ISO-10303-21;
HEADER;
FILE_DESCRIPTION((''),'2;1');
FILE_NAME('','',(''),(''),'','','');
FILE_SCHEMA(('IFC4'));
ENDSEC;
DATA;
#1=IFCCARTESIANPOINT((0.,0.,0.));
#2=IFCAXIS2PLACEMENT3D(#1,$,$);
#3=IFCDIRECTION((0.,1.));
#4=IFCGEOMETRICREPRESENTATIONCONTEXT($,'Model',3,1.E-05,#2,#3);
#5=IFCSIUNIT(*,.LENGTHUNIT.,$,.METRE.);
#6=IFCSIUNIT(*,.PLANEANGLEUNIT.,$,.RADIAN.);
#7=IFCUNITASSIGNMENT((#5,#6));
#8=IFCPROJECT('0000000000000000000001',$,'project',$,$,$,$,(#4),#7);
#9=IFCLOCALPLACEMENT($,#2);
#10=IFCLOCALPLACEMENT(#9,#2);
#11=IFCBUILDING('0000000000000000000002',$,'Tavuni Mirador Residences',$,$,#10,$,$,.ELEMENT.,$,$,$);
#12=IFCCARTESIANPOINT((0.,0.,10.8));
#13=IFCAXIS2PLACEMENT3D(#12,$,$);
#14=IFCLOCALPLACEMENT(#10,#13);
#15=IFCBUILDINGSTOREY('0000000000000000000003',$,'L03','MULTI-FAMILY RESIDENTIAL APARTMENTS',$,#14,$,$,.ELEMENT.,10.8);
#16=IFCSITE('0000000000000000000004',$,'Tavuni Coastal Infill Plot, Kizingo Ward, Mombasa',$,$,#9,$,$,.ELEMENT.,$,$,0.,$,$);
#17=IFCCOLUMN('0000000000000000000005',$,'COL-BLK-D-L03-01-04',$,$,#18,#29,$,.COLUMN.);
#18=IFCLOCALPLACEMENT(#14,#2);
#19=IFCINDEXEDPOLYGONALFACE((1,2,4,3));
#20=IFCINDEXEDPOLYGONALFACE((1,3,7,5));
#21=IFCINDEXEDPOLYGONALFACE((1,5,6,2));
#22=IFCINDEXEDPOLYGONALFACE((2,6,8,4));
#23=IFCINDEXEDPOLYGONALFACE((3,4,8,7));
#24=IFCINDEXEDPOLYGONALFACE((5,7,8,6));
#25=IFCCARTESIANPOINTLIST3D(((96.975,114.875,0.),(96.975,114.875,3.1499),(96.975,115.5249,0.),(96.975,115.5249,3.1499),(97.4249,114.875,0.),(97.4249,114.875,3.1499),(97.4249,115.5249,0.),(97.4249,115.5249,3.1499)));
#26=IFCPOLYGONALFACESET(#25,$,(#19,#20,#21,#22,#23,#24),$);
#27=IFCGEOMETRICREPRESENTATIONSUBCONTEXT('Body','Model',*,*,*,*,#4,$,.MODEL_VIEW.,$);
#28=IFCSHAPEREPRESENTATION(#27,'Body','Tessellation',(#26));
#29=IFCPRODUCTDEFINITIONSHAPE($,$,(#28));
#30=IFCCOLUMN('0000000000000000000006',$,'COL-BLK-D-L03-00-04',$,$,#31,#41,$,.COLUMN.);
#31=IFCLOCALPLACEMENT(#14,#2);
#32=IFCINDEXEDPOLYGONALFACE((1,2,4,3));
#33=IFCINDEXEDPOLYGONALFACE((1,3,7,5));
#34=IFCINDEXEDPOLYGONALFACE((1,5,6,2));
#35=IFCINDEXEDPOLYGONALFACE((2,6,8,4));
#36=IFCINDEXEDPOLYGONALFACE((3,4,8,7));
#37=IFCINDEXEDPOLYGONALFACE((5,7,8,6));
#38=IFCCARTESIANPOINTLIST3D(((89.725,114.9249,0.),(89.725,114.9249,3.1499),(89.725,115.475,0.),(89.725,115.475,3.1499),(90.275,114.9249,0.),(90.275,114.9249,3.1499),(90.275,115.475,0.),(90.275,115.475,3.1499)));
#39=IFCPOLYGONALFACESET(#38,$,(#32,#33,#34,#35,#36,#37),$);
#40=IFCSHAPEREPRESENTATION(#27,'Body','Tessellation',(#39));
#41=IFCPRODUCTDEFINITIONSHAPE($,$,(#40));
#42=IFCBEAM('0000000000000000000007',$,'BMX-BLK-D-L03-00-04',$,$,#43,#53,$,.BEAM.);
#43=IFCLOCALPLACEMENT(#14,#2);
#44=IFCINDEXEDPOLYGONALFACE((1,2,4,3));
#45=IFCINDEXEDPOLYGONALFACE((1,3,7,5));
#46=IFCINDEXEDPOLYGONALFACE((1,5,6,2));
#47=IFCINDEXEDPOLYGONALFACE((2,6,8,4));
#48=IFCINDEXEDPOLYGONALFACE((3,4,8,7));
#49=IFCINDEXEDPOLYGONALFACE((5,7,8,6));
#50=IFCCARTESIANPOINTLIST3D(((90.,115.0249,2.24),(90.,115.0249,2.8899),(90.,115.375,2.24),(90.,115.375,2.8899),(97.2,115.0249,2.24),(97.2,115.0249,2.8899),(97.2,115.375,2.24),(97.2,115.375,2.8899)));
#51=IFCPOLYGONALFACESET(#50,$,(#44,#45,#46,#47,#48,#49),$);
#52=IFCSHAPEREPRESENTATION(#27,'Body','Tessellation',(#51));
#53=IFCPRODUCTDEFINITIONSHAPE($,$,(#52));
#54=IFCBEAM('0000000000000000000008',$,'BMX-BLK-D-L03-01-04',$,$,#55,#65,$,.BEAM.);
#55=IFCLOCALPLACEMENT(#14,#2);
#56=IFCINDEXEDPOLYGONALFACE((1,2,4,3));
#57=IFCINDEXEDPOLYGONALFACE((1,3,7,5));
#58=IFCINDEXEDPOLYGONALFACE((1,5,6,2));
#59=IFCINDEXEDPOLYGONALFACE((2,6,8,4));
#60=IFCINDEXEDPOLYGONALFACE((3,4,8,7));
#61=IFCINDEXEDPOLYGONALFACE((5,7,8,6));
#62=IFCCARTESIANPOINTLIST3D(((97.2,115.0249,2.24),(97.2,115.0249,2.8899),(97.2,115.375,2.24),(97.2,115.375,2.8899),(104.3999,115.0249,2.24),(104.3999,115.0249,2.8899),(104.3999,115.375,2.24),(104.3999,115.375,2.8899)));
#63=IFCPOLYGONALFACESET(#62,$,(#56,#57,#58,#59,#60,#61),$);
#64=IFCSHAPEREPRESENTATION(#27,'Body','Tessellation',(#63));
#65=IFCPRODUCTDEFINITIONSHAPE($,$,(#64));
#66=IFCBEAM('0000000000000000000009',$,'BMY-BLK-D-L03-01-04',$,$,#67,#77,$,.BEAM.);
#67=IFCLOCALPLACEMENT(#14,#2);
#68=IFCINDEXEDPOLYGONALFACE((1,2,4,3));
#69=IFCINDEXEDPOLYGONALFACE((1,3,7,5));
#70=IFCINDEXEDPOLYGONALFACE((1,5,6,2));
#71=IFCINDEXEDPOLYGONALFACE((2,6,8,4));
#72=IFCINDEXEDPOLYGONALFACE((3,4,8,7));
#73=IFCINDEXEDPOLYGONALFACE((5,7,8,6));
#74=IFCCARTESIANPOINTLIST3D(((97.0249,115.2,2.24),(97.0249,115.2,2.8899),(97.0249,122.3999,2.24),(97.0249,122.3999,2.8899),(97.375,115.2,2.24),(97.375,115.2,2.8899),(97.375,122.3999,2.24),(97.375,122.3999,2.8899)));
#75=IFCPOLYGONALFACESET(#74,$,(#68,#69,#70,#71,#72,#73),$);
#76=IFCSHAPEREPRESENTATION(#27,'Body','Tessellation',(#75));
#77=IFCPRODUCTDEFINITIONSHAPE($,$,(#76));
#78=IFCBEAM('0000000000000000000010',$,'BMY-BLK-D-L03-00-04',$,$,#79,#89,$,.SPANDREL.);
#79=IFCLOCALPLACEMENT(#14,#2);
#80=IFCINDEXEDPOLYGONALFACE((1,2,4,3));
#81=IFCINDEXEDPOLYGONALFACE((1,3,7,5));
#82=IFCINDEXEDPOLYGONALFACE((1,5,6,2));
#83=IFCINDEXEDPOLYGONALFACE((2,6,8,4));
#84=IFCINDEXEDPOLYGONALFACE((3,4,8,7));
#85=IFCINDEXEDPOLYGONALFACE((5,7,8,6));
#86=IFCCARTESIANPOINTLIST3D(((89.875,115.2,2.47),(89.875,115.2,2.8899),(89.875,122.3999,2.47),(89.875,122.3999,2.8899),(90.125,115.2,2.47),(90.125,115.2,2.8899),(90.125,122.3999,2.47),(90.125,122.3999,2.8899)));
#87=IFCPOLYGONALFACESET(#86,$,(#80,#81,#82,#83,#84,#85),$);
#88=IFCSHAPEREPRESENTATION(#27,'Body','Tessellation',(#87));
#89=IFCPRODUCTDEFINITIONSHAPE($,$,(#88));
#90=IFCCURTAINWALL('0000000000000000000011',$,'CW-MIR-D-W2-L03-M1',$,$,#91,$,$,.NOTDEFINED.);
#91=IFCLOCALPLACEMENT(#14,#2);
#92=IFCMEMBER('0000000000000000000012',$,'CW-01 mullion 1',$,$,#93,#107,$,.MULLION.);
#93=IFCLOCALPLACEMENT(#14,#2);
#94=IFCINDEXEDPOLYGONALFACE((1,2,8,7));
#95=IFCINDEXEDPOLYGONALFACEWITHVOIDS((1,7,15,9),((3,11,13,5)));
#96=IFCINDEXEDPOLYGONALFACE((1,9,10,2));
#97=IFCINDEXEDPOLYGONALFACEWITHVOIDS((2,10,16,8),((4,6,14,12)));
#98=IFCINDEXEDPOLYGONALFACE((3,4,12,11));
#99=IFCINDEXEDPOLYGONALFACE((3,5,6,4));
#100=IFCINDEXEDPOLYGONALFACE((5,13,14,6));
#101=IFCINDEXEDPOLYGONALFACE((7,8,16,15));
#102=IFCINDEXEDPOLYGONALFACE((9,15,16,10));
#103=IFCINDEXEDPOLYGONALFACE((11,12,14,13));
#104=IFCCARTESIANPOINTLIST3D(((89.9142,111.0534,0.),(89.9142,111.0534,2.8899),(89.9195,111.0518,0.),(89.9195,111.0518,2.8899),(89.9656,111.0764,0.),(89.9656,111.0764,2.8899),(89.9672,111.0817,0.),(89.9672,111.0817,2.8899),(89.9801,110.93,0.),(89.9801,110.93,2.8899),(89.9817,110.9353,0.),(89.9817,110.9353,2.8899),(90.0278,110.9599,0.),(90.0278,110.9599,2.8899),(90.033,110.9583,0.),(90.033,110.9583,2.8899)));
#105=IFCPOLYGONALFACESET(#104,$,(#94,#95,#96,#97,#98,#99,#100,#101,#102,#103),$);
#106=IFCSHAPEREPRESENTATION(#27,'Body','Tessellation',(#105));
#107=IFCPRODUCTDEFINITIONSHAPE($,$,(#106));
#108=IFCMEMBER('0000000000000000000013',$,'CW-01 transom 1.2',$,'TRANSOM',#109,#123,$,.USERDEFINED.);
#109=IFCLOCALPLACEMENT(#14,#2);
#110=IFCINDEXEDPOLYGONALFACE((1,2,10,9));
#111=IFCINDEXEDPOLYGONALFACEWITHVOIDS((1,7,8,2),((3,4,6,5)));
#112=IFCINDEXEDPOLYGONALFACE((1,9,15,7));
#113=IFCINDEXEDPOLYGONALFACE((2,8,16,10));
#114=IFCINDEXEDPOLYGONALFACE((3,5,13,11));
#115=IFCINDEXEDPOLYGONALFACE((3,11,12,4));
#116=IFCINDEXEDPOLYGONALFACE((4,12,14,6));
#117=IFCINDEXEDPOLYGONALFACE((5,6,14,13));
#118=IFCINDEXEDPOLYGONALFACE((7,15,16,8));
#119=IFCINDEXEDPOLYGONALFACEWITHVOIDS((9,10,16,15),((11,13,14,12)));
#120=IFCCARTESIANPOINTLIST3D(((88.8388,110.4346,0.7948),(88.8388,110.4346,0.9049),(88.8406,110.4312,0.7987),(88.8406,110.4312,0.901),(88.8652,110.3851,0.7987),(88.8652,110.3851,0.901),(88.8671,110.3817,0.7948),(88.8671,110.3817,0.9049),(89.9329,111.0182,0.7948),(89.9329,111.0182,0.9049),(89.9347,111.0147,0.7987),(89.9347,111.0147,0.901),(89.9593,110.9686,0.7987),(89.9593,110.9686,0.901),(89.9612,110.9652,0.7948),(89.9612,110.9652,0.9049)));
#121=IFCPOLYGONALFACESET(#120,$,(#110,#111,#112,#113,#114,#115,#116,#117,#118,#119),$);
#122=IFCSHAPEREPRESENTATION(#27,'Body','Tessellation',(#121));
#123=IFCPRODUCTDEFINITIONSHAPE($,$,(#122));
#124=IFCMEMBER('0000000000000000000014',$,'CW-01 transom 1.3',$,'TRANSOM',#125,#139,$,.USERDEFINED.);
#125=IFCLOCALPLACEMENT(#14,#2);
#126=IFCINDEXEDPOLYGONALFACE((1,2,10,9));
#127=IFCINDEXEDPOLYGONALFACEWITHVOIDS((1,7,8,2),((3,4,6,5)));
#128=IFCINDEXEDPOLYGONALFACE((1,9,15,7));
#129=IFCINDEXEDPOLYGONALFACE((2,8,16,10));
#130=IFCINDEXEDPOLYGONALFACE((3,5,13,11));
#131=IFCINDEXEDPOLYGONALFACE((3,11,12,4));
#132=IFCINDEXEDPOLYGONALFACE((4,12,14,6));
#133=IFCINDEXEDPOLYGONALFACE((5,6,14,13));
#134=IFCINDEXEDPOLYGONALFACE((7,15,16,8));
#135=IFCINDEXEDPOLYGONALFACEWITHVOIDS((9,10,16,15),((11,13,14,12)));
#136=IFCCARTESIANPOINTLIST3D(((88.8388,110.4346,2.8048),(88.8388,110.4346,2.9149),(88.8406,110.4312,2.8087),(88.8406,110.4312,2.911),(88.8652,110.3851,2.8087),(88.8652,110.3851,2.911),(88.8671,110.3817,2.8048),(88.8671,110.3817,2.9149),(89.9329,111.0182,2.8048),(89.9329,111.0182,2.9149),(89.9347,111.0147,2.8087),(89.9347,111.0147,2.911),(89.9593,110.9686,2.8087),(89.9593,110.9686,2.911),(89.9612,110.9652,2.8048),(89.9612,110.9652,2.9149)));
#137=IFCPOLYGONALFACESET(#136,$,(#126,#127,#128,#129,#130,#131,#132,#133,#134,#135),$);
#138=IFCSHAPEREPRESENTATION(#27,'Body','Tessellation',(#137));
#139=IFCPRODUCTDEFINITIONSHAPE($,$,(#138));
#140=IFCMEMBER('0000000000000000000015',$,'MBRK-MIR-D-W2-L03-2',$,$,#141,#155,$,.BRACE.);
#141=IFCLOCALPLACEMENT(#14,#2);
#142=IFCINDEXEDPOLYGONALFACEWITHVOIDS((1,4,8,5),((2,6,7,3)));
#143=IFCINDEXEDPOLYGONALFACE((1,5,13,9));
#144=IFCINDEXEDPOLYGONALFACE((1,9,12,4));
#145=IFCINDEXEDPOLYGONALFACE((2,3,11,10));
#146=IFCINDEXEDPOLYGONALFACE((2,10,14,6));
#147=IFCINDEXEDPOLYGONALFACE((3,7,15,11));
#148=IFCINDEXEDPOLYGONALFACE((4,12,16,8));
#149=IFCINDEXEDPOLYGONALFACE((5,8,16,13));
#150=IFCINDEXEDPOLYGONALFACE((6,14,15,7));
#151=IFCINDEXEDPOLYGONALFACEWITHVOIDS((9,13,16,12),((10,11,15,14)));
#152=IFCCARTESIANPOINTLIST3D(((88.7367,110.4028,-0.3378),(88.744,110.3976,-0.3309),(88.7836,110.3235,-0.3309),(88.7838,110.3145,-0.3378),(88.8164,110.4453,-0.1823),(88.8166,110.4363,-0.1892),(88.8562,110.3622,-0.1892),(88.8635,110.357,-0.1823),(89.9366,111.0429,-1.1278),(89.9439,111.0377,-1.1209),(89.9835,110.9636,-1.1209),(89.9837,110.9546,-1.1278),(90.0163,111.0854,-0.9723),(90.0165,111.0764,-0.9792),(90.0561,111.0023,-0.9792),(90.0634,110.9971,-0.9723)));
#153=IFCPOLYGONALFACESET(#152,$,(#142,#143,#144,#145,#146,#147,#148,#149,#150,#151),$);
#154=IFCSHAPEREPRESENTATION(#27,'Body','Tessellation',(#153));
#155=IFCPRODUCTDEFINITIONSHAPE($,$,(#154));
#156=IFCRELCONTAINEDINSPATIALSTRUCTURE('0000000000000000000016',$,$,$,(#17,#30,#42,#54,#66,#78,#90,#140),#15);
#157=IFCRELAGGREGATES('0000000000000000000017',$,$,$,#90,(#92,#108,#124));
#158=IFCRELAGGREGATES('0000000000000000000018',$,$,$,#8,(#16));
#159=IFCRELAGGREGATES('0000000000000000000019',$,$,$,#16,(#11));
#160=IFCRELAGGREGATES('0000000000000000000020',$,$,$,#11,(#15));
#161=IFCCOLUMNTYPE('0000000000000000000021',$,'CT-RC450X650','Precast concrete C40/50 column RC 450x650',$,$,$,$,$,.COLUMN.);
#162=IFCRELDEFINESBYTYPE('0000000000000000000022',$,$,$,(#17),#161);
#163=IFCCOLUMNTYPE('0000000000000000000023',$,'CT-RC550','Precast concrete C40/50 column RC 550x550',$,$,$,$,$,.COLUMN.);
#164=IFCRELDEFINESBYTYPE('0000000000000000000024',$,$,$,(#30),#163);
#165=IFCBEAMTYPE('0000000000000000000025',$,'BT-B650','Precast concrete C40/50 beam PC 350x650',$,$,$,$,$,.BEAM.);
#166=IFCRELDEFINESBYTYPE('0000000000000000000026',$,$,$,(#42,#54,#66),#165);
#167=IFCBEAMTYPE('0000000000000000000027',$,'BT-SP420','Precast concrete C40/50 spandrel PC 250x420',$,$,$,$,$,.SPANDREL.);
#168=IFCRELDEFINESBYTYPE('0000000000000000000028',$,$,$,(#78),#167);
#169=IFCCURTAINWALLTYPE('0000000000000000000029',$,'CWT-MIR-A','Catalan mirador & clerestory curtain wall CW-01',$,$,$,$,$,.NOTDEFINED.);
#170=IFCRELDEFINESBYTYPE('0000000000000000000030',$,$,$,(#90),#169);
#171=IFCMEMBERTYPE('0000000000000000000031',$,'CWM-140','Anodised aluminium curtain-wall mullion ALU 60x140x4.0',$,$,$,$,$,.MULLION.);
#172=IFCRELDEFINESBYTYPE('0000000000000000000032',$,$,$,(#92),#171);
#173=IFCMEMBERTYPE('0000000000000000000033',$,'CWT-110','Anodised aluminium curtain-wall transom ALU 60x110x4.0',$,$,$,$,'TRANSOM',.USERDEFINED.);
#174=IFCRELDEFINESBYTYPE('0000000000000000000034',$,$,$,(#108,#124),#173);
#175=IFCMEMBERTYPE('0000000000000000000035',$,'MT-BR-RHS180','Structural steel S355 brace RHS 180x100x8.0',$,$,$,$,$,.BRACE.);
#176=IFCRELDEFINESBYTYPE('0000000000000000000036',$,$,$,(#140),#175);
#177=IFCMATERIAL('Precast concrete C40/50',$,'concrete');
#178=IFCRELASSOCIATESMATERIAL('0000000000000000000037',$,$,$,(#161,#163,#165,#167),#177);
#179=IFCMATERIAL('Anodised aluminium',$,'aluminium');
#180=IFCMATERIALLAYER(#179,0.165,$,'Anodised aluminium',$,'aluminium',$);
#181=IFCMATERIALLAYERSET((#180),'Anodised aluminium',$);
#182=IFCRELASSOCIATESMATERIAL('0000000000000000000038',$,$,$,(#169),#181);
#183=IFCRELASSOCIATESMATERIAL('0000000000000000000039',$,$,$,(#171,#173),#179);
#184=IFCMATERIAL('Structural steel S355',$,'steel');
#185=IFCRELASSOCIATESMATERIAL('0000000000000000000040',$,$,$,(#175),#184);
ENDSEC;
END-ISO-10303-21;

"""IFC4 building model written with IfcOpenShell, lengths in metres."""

from ifc_helpers import new_model, si_unit, direction, frame, origin, origin_2d, place, context, subcontext, project, spatial, rectangle, hollow_rectangle, extrude, material, layer, layer_set, material_profile, profile_set, type_object, element, aggregate, save


model = new_model("IFC4")

# Units and contexts
model_context = context("Model", 3, precision=1e-05, world=origin(), true_north=direction((0.0, 1.0)))
body_context = subcontext(model_context, "Body", "Model", "MODEL_VIEW")
ifc_project = project(units=[si_unit("LENGTHUNIT", "METRE"), si_unit("PLANEANGLEUNIT", "RADIAN")], contexts=[model_context])

# Site, building, storey
site_placement = place(None, origin())
site = spatial("IfcSite", under=ifc_project, at=site_placement, Name="Tavuni Coastal Infill Plot, Kizingo Ward, Mombasa", CompositionType="ELEMENT", RefElevation=0.0)
building_placement = place(site_placement, origin())
building = spatial("IfcBuilding", under=site, at=building_placement, Name="Tavuni Mirador Residences", CompositionType="ELEMENT")
storey_placement = place(building_placement, frame((0.0, 0.0, 10.8)))
storey = spatial("IfcBuildingStorey", under=building, at=storey_placement, Name="L03", Description="MULTI-FAMILY RESIDENTIAL APARTMENTS", CompositionType="ELEMENT", Elevation=10.8)

# Columns
ifc_material_1 = material(Name="Precast concrete C40/50", Category="concrete")
ifc_material_profile_1 = material_profile(ifc_material_1, rectangle(XDim=0.45, YDim=0.6499, at=origin_2d()), Name="RC 450x650", Category="concrete")
ifc_profile_set_1 = profile_set([ifc_material_profile_1], Name="Precast concrete C40/50")
column_type_1 = type_object("IfcColumnType", Name="CT-RC450X650", Description="Precast concrete C40/50 column RC 450x650", PredefinedType="COLUMN", material=ifc_profile_set_1)
column_1_placement = place(storey_placement, frame((97.2, 115.2, 0.0), z_axis=(0.0, 0.0, 1.0), x_axis=(1.0, 0.0, 0.0)))
element("IfcColumn", 1, at=column_1_placement, inside=storey, type_object=column_type_1, Name="COL-BLK-D-L03-01-04", PredefinedType="COLUMN", context=body_context, shape_type="SweptSolid", body=[
    extrude(rectangle(XDim=0.45, YDim=0.6499, at=origin_2d()), origin(), (0.0, 0.0, 1.0), 3.1499),
])
ifc_material_profile_2 = material_profile(ifc_material_1, rectangle(XDim=0.55, YDim=0.55, at=origin_2d()), Name="RC 550x550", Category="concrete")
ifc_profile_set_2 = profile_set([ifc_material_profile_2], Name="Precast concrete C40/50")
column_type_2 = type_object("IfcColumnType", Name="CT-RC550", Description="Precast concrete C40/50 column RC 550x550", PredefinedType="COLUMN", material=ifc_profile_set_2)
column_2_placement = place(storey_placement, frame((90.0, 115.2, 0.0), z_axis=(0.0, 0.0, 1.0), x_axis=(1.0, 0.0, 0.0)))
element("IfcColumn", 2, at=column_2_placement, inside=storey, type_object=column_type_2, Name="COL-BLK-D-L03-00-04", PredefinedType="COLUMN", context=body_context, shape_type="SweptSolid", body=[
    extrude(rectangle(XDim=0.55, YDim=0.55, at=origin_2d()), origin(), (0.0, 0.0, 1.0), 3.1499),
])

# Beams
ifc_material_profile_3 = material_profile(ifc_material_1, rectangle(XDim=0.3501, YDim=0.6499, at=origin_2d()), Name="PC 350x650", Category="concrete")
ifc_profile_set_3 = profile_set([ifc_material_profile_3], Name="Precast concrete C40/50")
beam_type_1 = type_object("IfcBeamType", Name="BT-B650", Description="Precast concrete C40/50 beam PC 350x650", PredefinedType="BEAM", material=ifc_profile_set_3)
for number, where, z_axis, x_axis, name in (
    (3, (90.0, 115.2, 2.5649), (1.0, 0.0, 0.0), (0.0, 1.0, 0.0), "BMX-BLK-D-L03-00-04"),
    (4, (97.2, 115.2, 2.5649), (1.0, 0.0, 0.0), (0.0, 1.0, 0.0), "BMX-BLK-D-L03-01-04"),
    (5, (97.2, 115.2, 2.5649), (0.0, 1.0, 0.0), (-1.0, 0.0, 0.0), "BMY-BLK-D-L03-01-04"),
):
    element("IfcBeam", number, at=place(storey_placement, frame(where, z_axis=z_axis, x_axis=x_axis)), inside=storey, type_object=beam_type_1, Name=name, PredefinedType="BEAM", context=body_context, shape_type="SweptSolid", body=[
        extrude(rectangle(XDim=0.3501, YDim=0.6499, at=origin_2d()), origin(), (0.0, 0.0, 1.0), 7.2),
    ])
ifc_material_profile_4 = material_profile(ifc_material_1, rectangle(XDim=0.25, YDim=0.4199, at=origin_2d()), Name="PC 250x420", Category="concrete")
ifc_profile_set_4 = profile_set([ifc_material_profile_4], Name="Precast concrete C40/50")
beam_type_2 = type_object("IfcBeamType", Name="BT-SP420", Description="Precast concrete C40/50 spandrel PC 250x420", PredefinedType="SPANDREL", material=ifc_profile_set_4)
beam_placement = place(storey_placement, frame((90.0, 115.2, 2.6799), z_axis=(0.0, 1.0, 0.0), x_axis=(-1.0, 0.0, 0.0)))
element("IfcBeam", 6, at=beam_placement, inside=storey, type_object=beam_type_2, Name="BMY-BLK-D-L03-00-04", PredefinedType="SPANDREL", context=body_context, shape_type="SweptSolid", body=[
    extrude(rectangle(XDim=0.25, YDim=0.4199, at=origin_2d()), origin(), (0.0, 0.0, 1.0), 7.2),
])

# Curtain wall, members
ifc_material_2 = material(Name="Anodised aluminium", Category="aluminium")
ifc_layer_1 = layer(ifc_material_2, 0.165, Name="Anodised aluminium", Category="aluminium")
ifc_layer_set_1 = layer_set([ifc_layer_1], Name="Anodised aluminium")
curtain_wall_type = type_object("IfcCurtainWallType", Name="CWT-MIR-A", Description="Catalan mirador & clerestory curtain wall CW-01", PredefinedType="NOTDEFINED", material=ifc_layer_set_1)
curtain_wall_placement = place(storey_placement, origin())
curtain_wall = element("IfcCurtainWall", 7, at=curtain_wall_placement, inside=storey, type_object=curtain_wall_type, Name="CW-MIR-D-W2-L03-M1", PredefinedType="NOTDEFINED")
ifc_material_profile_5 = material_profile(ifc_material_2, hollow_rectangle(XDim=0.0601, YDim=0.1399, WallThickness=0.0039, at=origin_2d()), Name="ALU 60x140x4.0", Category="aluminium")
ifc_profile_set_5 = profile_set([ifc_material_profile_5], Name="Anodised aluminium")
member_type_1 = type_object("IfcMemberType", Name="CWM-140", Description="Anodised aluminium curtain-wall mullion ALU 60x140x4.0", PredefinedType="MULLION", material=ifc_profile_set_5)
member_1_placement = place(storey_placement, frame((89.9736, 111.0059, 0.0), z_axis=(0.0, 0.0, 1.0), x_axis=(-0.882353, -0.470588, 0.0)))
member_1 = element("IfcMember", 8, at=member_1_placement, type_object=member_type_1, Name="CW-01 mullion 1", PredefinedType="MULLION", context=body_context, shape_type="SweptSolid", body=[
    extrude(hollow_rectangle(XDim=0.0601, YDim=0.1399, WallThickness=0.0039, at=origin_2d()), origin(), (0.0, 0.0, 1.0), 2.8899),
])
ifc_material_profile_6 = material_profile(ifc_material_2, hollow_rectangle(XDim=0.0601, YDim=0.1101, WallThickness=0.0039, at=origin_2d()), Name="ALU 60x110x4.0", Category="aluminium")
ifc_profile_set_6 = profile_set([ifc_material_profile_6], Name="Anodised aluminium")
member_type_2 = type_object("IfcMemberType", Name="CWT-110", Description="Anodised aluminium curtain-wall transom ALU 60x110x4.0", ElementType="TRANSOM", PredefinedType="USERDEFINED", material=ifc_profile_set_6)
member_2_placement = place(storey_placement, frame((89.947, 110.9917, 0.8499), z_axis=(-0.882342, -0.470609, 0.0), x_axis=(0.470609, -0.882342, 0.0)))
member_2 = element("IfcMember", 9, at=member_2_placement, type_object=member_type_2, Name="CW-01 transom 1.2", ObjectType="TRANSOM", PredefinedType="USERDEFINED", context=body_context, shape_type="SweptSolid", body=[
    extrude(hollow_rectangle(XDim=0.0601, YDim=0.1101, WallThickness=0.0039, at=origin_2d()), origin(), (0.0, 0.0, 1.0), 1.24),
])
member_3_placement = place(storey_placement, frame((89.947, 110.9917, 2.8599), z_axis=(-0.882342, -0.470609, 0.0), x_axis=(0.470609, -0.882342, 0.0)))
member_3 = element("IfcMember", 10, at=member_3_placement, type_object=member_type_2, Name="CW-01 transom 1.3", ObjectType="TRANSOM", PredefinedType="USERDEFINED", context=body_context, shape_type="SweptSolid", body=[
    extrude(hollow_rectangle(XDim=0.0601, YDim=0.1101, WallThickness=0.0039, at=origin_2d()), origin(), (0.0, 0.0, 1.0), 1.24),
])
aggregate(curtain_wall, [member_1, member_2, member_3])

# Member
ifc_material_3 = material(Name="Structural steel S355", Category="steel")
ifc_material_profile_7 = material_profile(ifc_material_3, hollow_rectangle(XDim=0.1001, YDim=0.1799, WallThickness=0.0081, at=origin_2d()), Name="RHS 180x100x8.0", Category="steel")
ifc_profile_set_7 = profile_set([ifc_material_profile_7], Name="Structural steel S355")
member_type_3 = type_object("IfcMemberType", Name="MT-BR-RHS180", Description="Structural steel S355 brace RHS 180x100x8.0", PredefinedType="BRACE", material=ifc_profile_set_7)
member_4_placement = place(storey_placement, frame((90.0, 111.02, -1.05), z_axis=(-0.762921, -0.406995, 0.502302), x_axis=(0.470681, -0.882303, 0.0)))
element("IfcMember", 11, at=member_4_placement, inside=storey, type_object=member_type_3, Name="MBRK-MIR-D-W2-L03-2", PredefinedType="BRACE", context=body_context, shape_type="SweptSolid", body=[
    extrude(hollow_rectangle(XDim=0.1001, YDim=0.1799, WallThickness=0.0081, at=origin_2d()), origin(), (0.0, 0.0, 1.0), 1.5728),
])

save(model, "model.ifc")
